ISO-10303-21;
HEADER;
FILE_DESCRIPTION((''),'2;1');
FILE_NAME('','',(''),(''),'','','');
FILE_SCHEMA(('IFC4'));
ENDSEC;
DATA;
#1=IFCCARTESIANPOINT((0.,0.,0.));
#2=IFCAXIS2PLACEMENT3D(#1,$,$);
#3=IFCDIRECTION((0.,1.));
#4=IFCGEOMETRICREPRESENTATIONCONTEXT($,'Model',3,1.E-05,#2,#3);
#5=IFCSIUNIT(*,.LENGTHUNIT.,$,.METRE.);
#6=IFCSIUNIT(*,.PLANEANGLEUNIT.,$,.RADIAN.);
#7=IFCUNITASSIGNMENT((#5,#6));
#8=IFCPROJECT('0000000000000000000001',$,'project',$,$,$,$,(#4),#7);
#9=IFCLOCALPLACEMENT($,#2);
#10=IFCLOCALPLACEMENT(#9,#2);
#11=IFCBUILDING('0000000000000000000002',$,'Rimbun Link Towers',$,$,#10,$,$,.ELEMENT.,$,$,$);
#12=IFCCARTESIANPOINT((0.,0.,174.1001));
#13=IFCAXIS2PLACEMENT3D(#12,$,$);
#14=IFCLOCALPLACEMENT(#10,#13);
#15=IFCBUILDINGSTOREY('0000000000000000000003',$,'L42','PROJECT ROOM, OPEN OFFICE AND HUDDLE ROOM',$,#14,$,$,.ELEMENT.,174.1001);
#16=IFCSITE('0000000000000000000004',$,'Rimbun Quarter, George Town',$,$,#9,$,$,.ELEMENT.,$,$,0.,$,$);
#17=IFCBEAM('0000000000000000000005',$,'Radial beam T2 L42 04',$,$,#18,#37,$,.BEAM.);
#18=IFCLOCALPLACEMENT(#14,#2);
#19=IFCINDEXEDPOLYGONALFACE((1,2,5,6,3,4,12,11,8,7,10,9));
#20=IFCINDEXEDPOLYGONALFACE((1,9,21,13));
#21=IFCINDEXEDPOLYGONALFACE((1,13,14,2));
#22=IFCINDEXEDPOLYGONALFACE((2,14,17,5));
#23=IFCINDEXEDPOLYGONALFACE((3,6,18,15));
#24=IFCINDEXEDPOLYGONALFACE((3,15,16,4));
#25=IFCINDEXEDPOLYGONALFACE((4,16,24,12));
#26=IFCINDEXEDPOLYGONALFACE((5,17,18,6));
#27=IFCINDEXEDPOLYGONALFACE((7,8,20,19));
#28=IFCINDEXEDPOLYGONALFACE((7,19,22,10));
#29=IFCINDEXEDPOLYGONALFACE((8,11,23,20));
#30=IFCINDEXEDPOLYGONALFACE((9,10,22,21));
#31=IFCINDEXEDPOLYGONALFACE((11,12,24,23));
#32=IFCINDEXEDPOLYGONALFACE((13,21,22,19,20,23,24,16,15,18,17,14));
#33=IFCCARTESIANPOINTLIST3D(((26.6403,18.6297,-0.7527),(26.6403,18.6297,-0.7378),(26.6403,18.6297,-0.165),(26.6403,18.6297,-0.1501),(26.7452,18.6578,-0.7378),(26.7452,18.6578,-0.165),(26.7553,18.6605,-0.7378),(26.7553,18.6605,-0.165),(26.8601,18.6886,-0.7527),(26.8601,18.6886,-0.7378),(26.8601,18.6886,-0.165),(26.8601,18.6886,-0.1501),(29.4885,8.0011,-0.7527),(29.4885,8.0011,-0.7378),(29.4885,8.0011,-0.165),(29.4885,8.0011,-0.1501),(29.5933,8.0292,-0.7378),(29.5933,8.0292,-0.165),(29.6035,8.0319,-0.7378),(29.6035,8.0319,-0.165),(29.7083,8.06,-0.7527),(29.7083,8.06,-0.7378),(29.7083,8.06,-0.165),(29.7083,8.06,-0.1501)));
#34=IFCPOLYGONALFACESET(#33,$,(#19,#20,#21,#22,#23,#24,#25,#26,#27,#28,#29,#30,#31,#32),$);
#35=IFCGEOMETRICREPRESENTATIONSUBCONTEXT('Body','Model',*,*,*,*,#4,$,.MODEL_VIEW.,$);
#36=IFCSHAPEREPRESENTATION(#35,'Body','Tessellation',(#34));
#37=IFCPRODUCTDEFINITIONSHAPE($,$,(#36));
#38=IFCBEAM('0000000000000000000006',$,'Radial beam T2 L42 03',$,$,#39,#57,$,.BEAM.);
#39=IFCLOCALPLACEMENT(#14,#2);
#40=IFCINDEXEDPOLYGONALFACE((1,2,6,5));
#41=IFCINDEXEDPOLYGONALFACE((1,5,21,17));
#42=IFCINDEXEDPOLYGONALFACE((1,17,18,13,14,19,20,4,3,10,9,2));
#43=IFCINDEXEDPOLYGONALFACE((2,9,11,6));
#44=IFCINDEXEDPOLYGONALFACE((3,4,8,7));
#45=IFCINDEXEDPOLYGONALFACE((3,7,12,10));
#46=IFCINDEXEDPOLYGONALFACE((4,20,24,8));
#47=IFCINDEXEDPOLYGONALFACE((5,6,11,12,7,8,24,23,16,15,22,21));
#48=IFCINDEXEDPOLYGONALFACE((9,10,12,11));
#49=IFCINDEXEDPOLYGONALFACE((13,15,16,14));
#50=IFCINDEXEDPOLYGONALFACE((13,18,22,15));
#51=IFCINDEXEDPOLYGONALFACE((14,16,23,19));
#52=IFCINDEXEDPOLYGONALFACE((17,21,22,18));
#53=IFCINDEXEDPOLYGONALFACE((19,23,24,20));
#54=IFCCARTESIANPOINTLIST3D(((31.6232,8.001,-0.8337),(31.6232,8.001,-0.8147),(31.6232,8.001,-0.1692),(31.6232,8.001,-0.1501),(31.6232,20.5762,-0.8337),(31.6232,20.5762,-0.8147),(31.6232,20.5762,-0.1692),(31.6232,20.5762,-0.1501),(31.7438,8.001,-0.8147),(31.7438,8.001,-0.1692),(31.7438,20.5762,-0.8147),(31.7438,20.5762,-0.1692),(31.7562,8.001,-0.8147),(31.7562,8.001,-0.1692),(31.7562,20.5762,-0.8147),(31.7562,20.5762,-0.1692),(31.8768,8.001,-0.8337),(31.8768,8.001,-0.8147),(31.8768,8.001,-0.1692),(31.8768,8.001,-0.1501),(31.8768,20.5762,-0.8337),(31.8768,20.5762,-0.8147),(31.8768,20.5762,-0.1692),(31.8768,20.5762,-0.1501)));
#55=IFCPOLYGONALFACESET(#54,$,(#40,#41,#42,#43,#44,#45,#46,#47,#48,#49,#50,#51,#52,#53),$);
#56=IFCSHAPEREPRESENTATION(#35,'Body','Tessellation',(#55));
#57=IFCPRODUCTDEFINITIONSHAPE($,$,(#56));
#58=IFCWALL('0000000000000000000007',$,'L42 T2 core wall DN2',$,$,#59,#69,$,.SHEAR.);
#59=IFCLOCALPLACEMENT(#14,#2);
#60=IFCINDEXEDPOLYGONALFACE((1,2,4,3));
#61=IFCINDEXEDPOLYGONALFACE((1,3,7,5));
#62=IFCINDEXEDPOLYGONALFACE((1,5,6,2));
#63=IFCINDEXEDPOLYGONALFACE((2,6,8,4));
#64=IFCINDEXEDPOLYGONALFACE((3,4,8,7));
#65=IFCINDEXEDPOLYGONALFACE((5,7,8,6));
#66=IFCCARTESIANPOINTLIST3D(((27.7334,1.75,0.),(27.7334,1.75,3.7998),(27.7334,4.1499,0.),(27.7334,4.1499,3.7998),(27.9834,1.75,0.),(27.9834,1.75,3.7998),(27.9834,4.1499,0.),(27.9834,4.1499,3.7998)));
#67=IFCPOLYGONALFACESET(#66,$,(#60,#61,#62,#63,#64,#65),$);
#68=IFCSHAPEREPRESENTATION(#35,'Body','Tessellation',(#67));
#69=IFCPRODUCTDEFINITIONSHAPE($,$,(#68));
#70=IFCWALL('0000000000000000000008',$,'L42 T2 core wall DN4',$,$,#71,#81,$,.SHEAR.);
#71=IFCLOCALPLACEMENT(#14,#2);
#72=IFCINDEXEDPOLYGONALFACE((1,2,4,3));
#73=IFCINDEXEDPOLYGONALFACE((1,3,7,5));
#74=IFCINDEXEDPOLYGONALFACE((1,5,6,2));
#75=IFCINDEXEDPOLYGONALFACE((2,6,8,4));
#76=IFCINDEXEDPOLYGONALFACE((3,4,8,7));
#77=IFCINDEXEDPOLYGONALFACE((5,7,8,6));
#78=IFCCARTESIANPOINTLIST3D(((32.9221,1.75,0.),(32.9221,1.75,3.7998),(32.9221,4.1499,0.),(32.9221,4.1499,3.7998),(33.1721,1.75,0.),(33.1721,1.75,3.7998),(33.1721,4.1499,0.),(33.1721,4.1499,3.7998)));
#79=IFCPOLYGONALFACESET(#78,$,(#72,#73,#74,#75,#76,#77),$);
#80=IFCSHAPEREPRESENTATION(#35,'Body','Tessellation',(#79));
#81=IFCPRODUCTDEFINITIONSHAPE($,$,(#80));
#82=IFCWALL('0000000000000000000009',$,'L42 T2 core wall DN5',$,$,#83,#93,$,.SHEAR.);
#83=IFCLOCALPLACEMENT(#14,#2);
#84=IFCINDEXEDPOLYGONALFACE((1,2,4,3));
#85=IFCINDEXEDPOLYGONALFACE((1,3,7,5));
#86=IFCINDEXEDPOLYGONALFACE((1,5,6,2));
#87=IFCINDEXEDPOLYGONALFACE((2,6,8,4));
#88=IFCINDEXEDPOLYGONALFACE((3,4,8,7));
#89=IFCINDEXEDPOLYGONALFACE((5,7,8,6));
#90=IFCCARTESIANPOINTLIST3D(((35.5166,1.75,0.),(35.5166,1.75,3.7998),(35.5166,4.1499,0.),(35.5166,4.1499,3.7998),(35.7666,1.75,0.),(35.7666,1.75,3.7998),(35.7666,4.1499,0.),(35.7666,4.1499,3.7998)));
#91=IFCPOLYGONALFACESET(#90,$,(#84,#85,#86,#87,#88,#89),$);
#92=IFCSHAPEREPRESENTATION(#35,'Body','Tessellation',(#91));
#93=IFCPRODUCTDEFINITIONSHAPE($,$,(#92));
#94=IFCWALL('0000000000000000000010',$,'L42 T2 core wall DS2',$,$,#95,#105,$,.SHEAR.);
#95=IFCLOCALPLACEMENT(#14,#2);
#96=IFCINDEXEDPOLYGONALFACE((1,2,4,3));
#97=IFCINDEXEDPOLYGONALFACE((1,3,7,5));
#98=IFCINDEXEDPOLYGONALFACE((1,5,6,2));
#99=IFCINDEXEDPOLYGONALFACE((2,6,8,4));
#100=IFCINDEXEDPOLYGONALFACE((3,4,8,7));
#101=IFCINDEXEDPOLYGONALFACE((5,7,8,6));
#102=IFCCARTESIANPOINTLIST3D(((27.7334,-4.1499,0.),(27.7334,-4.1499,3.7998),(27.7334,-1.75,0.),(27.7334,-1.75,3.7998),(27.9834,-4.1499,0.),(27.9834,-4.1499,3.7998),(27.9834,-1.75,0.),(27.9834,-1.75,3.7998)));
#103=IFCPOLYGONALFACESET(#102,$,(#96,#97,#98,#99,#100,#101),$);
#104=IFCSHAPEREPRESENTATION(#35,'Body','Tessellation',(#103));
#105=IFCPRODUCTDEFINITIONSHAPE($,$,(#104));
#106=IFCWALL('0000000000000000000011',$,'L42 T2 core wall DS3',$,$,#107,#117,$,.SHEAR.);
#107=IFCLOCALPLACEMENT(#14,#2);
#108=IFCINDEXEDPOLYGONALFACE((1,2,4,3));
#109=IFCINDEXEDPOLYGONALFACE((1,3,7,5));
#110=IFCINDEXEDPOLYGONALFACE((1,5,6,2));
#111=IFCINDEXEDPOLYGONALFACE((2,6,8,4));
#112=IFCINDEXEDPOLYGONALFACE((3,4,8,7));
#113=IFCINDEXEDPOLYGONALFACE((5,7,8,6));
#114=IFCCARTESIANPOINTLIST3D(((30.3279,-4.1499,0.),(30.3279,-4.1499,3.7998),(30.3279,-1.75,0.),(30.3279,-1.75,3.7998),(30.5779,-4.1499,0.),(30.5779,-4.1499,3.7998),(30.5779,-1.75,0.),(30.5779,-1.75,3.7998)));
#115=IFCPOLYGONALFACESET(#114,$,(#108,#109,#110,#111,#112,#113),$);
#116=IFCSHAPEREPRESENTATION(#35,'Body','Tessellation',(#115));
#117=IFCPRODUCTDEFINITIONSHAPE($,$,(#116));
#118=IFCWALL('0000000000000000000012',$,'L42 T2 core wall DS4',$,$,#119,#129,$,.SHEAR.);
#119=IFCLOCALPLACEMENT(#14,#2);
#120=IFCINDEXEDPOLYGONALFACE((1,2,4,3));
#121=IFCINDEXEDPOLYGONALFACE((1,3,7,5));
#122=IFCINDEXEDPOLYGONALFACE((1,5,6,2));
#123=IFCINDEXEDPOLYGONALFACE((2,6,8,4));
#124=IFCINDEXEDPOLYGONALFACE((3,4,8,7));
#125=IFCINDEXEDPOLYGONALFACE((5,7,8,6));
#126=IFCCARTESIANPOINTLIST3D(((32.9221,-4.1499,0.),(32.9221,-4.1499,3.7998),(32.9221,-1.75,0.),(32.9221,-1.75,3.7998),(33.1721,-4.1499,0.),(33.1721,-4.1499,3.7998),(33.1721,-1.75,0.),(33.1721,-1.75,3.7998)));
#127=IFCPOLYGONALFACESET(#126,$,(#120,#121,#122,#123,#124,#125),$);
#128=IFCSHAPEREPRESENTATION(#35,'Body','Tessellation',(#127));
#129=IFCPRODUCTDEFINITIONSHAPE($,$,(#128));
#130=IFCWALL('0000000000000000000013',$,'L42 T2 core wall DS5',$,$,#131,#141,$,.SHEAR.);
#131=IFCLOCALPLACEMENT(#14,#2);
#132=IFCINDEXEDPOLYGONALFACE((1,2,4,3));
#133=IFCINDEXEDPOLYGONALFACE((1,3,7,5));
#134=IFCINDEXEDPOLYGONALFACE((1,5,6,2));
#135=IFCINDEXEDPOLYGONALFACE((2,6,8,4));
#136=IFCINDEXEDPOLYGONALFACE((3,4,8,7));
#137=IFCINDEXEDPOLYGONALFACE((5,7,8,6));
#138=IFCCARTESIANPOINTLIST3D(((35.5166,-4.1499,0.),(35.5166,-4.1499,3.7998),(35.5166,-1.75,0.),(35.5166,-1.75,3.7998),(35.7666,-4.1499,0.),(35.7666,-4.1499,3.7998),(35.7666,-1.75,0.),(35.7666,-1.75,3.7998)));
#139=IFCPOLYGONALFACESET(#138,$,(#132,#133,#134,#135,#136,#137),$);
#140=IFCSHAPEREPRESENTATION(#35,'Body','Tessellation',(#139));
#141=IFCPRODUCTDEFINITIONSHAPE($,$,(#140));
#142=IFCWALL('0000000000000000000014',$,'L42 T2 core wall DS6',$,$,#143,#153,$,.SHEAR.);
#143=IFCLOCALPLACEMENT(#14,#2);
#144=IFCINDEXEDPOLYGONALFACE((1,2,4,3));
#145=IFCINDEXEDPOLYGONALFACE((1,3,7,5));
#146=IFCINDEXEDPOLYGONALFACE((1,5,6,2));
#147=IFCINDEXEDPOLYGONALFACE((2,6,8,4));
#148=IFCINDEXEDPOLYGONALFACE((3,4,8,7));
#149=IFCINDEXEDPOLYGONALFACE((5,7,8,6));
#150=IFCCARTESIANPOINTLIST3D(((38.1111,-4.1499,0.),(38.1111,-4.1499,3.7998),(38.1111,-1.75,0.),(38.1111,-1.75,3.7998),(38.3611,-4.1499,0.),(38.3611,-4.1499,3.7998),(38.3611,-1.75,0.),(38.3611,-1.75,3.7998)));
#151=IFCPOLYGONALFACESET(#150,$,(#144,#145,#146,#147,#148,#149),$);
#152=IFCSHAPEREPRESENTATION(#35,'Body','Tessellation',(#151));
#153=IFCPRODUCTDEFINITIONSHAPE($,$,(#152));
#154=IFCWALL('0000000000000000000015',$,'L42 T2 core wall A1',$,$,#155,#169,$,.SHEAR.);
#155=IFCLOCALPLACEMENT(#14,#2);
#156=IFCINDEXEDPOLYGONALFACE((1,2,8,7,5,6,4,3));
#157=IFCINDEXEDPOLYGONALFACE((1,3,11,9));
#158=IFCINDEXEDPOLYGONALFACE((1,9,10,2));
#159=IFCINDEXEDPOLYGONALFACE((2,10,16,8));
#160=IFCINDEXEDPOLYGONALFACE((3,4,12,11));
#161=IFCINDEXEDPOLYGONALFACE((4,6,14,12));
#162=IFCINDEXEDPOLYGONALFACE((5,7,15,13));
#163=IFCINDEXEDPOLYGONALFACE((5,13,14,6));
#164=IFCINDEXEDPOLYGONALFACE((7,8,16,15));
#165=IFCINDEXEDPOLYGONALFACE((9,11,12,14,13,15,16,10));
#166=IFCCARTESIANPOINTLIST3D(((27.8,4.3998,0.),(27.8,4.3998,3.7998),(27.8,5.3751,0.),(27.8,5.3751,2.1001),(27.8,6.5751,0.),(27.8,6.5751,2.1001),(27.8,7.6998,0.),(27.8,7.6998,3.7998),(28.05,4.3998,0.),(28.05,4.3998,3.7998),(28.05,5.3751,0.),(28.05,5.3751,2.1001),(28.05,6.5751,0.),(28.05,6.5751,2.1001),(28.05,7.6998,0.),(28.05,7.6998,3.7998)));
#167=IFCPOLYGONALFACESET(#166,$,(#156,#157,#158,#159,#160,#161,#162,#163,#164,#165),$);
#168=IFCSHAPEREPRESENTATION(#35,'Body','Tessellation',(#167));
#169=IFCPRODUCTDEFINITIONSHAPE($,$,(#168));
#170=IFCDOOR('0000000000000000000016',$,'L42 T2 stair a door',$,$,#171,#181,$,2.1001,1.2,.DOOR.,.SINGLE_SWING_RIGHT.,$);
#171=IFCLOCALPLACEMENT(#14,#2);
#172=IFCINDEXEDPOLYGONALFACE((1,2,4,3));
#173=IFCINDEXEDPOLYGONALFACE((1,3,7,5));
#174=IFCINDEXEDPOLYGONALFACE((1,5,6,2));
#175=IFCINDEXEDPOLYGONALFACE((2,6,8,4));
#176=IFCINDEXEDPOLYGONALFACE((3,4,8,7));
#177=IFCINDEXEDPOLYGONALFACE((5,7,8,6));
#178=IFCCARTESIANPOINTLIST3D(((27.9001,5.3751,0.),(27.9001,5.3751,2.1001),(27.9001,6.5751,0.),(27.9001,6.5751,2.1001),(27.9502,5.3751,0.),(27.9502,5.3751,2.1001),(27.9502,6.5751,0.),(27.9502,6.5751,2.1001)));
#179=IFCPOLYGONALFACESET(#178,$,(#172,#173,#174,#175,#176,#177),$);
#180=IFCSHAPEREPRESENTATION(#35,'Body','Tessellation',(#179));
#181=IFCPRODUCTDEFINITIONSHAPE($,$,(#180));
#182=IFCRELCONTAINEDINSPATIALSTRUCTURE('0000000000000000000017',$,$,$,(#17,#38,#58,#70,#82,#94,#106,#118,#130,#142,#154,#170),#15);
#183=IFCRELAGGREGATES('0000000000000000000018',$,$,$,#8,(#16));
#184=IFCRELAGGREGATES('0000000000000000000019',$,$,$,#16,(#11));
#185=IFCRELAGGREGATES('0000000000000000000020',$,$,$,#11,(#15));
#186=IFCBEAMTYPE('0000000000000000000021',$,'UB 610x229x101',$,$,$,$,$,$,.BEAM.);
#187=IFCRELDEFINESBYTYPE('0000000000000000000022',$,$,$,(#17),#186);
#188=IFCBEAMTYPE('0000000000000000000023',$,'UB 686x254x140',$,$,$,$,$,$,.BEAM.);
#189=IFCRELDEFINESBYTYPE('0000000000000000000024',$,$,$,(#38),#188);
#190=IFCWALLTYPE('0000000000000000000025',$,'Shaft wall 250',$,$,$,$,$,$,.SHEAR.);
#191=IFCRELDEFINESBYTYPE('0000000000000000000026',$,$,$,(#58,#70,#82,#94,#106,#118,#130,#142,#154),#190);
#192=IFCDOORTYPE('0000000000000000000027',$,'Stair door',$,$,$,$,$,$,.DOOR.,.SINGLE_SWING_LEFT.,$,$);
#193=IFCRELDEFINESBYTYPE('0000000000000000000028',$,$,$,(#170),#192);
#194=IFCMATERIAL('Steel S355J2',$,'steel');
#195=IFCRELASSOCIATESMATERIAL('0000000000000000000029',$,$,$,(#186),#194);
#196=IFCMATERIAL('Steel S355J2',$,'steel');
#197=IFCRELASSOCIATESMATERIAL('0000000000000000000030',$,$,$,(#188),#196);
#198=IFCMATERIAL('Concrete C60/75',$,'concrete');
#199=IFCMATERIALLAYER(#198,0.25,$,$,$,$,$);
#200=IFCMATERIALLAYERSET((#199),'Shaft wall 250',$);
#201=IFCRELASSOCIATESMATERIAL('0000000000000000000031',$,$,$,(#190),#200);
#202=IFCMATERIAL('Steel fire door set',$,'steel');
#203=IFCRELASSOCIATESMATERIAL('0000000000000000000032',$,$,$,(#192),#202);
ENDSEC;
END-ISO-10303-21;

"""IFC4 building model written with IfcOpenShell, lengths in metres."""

from ifc_helpers import new_model, si_unit, direction, frame, frame_2d, origin, origin_2d, place, context, subcontext, project, spatial, rectangle, i_section, extrude, material, layer, layer_set, material_profile, profile_set, type_object, element, fill, save


model = new_model("IFC4")

# Units and contexts
model_context = context("Model", 3, precision=1e-05, world=origin(), true_north=direction((0.0, 1.0)))
body_context = subcontext(model_context, "Body", "Model", "MODEL_VIEW")
ifc_project = project(units=[si_unit("LENGTHUNIT", "METRE"), si_unit("PLANEANGLEUNIT", "RADIAN")], contexts=[model_context])

# Site, building, storey
site_placement = place(None, origin())
site = spatial("IfcSite", under=ifc_project, at=site_placement, Name="Rimbun Quarter, George Town", CompositionType="ELEMENT", RefElevation=0.0)
building_placement = place(site_placement, origin())
building = spatial("IfcBuilding", under=site, at=building_placement, Name="Rimbun Link Towers", CompositionType="ELEMENT")
storey_placement = place(building_placement, frame((0.0, 0.0, 174.1001)))
storey = spatial("IfcBuildingStorey", under=building, at=storey_placement, Name="L42", Description="PROJECT ROOM, OPEN OFFICE AND HUDDLE ROOM", CompositionType="ELEMENT", Elevation=174.1001)

# Beams
ifc_material_1 = material(Name="Steel S355J2", Category="steel")
ifc_material_profile_1 = material_profile(ifc_material_1, i_section(OverallWidth=0.2275, OverallDepth=0.6025, WebThickness=0.0105, FlangeThickness=0.0149, at=origin_2d()), Name="UB 610x229x101")
ifc_profile_set_1 = profile_set([ifc_material_profile_1], Name="Steel S355J2")
beam_type_1 = type_object("IfcBeamType", Name="UB 610x229x101", PredefinedType="BEAM", material=ifc_profile_set_1)
beam_1_placement = place(storey_placement, frame((29.5984, 8.0305, -0.4514), z_axis=(-0.258836, 0.965921, 0.0), x_axis=(-0.965921, -0.258836, 0.0)))
element("IfcBeam", 1, at=beam_1_placement, inside=storey, type_object=beam_type_1, Name="Radial beam T2 L42 04", PredefinedType="BEAM", context=body_context, shape_type="SweptSolid", body=[
    extrude(i_section(OverallWidth=0.2275, OverallDepth=0.6025, WebThickness=0.0105, FlangeThickness=0.0149, at=origin_2d()), origin(), (0.0, 0.0, 1.0), 11.0037),
])
ifc_material_2 = material(Name="Steel S355J2", Category="steel")
ifc_material_profile_2 = material_profile(ifc_material_2, i_section(OverallWidth=0.2537, OverallDepth=0.6836, WebThickness=0.0125, FlangeThickness=0.019, at=origin_2d()), Name="UB 686x254x140")
ifc_profile_set_2 = profile_set([ifc_material_profile_2], Name="Steel S355J2")
beam_type_2 = type_object("IfcBeamType", Name="UB 686x254x140", PredefinedType="BEAM", material=ifc_profile_set_2)
beam_2_placement = place(storey_placement, frame((31.75, 8.001, -0.4919), z_axis=(0.0, 1.0, 0.0), x_axis=(-1.0, 0.0, 0.0)))
element("IfcBeam", 2, at=beam_2_placement, inside=storey, type_object=beam_type_2, Name="Radial beam T2 L42 03", PredefinedType="BEAM", context=body_context, shape_type="SweptSolid", body=[
    extrude(i_section(OverallWidth=0.2537, OverallDepth=0.6836, WebThickness=0.0125, FlangeThickness=0.019, at=origin_2d()), origin(), (0.0, 0.0, 1.0), 12.5752),
])

# Walls
ifc_material_3 = material(Name="Concrete C60/75", Category="concrete")
ifc_layer = layer(ifc_material_3, 0.25)
ifc_layer_set = layer_set([ifc_layer], Name="Shaft wall 250")
wall_type = type_object("IfcWallType", Name="Shaft wall 250", PredefinedType="SHEAR", material=ifc_layer_set)
for number, where, z_axis, x_axis, name in (
    (3, (27.8584, 1.75, 0.0), (0.0, 0.0, 1.0), (0.0, 1.0, 0.0), "L42 T2 core wall DN2"),
    (4, (33.0471, 1.75, 0.0), (0.0, 0.0, 1.0), (0.0, 1.0, 0.0), "L42 T2 core wall DN4"),
    (5, (35.6416, 1.75, 0.0), (0.0, 0.0, 1.0), (0.0, 1.0, 0.0), "L42 T2 core wall DN5"),
    (6, (27.8584, -4.1499, 0.0), (0.0, 0.0, 1.0), (0.0, 1.0, 0.0), "L42 T2 core wall DS2"),
    (7, (30.4529, -4.1499, 0.0), (0.0, 0.0, 1.0), (0.0, 1.0, 0.0), "L42 T2 core wall DS3"),
    (8, (33.0471, -4.1499, 0.0), (0.0, 0.0, 1.0), (0.0, 1.0, 0.0), "L42 T2 core wall DS4"),
    (9, (35.6416, -4.1499, 0.0), (0.0, 0.0, 1.0), (0.0, 1.0, 0.0), "L42 T2 core wall DS5"),
    (10, (38.2361, -4.1499, 0.0), (0.0, 0.0, 1.0), (0.0, 1.0, 0.0), "L42 T2 core wall DS6"),
):
    element("IfcWall", number, at=place(storey_placement, frame(where, z_axis=z_axis, x_axis=x_axis)), inside=storey, type_object=wall_type, Name=name, PredefinedType="SHEAR", context=body_context, shape_type="SweptSolid", body=[
        extrude(rectangle(XDim=2.3999, YDim=0.25, at=frame_2d((1.2, 0.0))), origin(), (0.0, 0.0, 1.0), 3.7998),
    ])

# Wall, opening, door
wall_1_placement = place(storey_placement, frame((27.925, 4.3999, 0.0), z_axis=(0.0, 0.0, 1.0), x_axis=(0.0, 1.0, 0.0)))
wall_1 = element("IfcWall", 11, at=wall_1_placement, inside=storey, type_object=wall_type, Name="L42 T2 core wall A1", PredefinedType="SHEAR", context=body_context, shape_type="SweptSolid", body=[
    extrude(rectangle(XDim=3.3, YDim=0.25, at=frame_2d((1.6499, 0.0))), origin(), (0.0, 0.0, 1.0), 3.7998),
])
opening_1_placement = place(wall_1_placement, frame((0.9751, 0.0, 0.0)))
opening_1 = element("IfcOpeningElement", 12, at=opening_1_placement, cuts=wall_1, PredefinedType="OPENING", context=body_context, shape_type="SweptSolid", body=[
    extrude(rectangle(XDim=1.2, YDim=2.1001, at=frame_2d((0.6001, 1.05))), frame((0.0, 0.135, 0.0), z_axis=(0.0, -1.0, 0.0), x_axis=(1.0, 0.0, 0.0)), (0.0, 0.0, 1.0), 0.27),
])
ifc_material_4 = material(Name="Steel fire door set", Category="steel")
door_type_1 = type_object("IfcDoorType", Name="Stair door", OperationType="SINGLE_SWING_LEFT", PredefinedType="DOOR", material=ifc_material_4)
door_1_placement = place(opening_1_placement, origin())
door_1 = element("IfcDoor", 13, at=door_1_placement, inside=storey, type_object=door_type_1, Name="L42 T2 stair a door", OperationType="SINGLE_SWING_RIGHT", OverallHeight=2.1001, OverallWidth=1.2, PredefinedType="DOOR", context=body_context, shape_type="SweptSolid", body=[
    extrude(rectangle(XDim=1.2, YDim=2.1001, at=frame_2d((0.6001, 1.05))), frame((0.0, 0.0249, 0.0), z_axis=(0.0, -1.0, 0.0), x_axis=(1.0, 0.0, 0.0)), (0.0, 0.0, 1.0), 0.05),
])
fill(opening_1, door_1)

save(model, "model.ifc")
